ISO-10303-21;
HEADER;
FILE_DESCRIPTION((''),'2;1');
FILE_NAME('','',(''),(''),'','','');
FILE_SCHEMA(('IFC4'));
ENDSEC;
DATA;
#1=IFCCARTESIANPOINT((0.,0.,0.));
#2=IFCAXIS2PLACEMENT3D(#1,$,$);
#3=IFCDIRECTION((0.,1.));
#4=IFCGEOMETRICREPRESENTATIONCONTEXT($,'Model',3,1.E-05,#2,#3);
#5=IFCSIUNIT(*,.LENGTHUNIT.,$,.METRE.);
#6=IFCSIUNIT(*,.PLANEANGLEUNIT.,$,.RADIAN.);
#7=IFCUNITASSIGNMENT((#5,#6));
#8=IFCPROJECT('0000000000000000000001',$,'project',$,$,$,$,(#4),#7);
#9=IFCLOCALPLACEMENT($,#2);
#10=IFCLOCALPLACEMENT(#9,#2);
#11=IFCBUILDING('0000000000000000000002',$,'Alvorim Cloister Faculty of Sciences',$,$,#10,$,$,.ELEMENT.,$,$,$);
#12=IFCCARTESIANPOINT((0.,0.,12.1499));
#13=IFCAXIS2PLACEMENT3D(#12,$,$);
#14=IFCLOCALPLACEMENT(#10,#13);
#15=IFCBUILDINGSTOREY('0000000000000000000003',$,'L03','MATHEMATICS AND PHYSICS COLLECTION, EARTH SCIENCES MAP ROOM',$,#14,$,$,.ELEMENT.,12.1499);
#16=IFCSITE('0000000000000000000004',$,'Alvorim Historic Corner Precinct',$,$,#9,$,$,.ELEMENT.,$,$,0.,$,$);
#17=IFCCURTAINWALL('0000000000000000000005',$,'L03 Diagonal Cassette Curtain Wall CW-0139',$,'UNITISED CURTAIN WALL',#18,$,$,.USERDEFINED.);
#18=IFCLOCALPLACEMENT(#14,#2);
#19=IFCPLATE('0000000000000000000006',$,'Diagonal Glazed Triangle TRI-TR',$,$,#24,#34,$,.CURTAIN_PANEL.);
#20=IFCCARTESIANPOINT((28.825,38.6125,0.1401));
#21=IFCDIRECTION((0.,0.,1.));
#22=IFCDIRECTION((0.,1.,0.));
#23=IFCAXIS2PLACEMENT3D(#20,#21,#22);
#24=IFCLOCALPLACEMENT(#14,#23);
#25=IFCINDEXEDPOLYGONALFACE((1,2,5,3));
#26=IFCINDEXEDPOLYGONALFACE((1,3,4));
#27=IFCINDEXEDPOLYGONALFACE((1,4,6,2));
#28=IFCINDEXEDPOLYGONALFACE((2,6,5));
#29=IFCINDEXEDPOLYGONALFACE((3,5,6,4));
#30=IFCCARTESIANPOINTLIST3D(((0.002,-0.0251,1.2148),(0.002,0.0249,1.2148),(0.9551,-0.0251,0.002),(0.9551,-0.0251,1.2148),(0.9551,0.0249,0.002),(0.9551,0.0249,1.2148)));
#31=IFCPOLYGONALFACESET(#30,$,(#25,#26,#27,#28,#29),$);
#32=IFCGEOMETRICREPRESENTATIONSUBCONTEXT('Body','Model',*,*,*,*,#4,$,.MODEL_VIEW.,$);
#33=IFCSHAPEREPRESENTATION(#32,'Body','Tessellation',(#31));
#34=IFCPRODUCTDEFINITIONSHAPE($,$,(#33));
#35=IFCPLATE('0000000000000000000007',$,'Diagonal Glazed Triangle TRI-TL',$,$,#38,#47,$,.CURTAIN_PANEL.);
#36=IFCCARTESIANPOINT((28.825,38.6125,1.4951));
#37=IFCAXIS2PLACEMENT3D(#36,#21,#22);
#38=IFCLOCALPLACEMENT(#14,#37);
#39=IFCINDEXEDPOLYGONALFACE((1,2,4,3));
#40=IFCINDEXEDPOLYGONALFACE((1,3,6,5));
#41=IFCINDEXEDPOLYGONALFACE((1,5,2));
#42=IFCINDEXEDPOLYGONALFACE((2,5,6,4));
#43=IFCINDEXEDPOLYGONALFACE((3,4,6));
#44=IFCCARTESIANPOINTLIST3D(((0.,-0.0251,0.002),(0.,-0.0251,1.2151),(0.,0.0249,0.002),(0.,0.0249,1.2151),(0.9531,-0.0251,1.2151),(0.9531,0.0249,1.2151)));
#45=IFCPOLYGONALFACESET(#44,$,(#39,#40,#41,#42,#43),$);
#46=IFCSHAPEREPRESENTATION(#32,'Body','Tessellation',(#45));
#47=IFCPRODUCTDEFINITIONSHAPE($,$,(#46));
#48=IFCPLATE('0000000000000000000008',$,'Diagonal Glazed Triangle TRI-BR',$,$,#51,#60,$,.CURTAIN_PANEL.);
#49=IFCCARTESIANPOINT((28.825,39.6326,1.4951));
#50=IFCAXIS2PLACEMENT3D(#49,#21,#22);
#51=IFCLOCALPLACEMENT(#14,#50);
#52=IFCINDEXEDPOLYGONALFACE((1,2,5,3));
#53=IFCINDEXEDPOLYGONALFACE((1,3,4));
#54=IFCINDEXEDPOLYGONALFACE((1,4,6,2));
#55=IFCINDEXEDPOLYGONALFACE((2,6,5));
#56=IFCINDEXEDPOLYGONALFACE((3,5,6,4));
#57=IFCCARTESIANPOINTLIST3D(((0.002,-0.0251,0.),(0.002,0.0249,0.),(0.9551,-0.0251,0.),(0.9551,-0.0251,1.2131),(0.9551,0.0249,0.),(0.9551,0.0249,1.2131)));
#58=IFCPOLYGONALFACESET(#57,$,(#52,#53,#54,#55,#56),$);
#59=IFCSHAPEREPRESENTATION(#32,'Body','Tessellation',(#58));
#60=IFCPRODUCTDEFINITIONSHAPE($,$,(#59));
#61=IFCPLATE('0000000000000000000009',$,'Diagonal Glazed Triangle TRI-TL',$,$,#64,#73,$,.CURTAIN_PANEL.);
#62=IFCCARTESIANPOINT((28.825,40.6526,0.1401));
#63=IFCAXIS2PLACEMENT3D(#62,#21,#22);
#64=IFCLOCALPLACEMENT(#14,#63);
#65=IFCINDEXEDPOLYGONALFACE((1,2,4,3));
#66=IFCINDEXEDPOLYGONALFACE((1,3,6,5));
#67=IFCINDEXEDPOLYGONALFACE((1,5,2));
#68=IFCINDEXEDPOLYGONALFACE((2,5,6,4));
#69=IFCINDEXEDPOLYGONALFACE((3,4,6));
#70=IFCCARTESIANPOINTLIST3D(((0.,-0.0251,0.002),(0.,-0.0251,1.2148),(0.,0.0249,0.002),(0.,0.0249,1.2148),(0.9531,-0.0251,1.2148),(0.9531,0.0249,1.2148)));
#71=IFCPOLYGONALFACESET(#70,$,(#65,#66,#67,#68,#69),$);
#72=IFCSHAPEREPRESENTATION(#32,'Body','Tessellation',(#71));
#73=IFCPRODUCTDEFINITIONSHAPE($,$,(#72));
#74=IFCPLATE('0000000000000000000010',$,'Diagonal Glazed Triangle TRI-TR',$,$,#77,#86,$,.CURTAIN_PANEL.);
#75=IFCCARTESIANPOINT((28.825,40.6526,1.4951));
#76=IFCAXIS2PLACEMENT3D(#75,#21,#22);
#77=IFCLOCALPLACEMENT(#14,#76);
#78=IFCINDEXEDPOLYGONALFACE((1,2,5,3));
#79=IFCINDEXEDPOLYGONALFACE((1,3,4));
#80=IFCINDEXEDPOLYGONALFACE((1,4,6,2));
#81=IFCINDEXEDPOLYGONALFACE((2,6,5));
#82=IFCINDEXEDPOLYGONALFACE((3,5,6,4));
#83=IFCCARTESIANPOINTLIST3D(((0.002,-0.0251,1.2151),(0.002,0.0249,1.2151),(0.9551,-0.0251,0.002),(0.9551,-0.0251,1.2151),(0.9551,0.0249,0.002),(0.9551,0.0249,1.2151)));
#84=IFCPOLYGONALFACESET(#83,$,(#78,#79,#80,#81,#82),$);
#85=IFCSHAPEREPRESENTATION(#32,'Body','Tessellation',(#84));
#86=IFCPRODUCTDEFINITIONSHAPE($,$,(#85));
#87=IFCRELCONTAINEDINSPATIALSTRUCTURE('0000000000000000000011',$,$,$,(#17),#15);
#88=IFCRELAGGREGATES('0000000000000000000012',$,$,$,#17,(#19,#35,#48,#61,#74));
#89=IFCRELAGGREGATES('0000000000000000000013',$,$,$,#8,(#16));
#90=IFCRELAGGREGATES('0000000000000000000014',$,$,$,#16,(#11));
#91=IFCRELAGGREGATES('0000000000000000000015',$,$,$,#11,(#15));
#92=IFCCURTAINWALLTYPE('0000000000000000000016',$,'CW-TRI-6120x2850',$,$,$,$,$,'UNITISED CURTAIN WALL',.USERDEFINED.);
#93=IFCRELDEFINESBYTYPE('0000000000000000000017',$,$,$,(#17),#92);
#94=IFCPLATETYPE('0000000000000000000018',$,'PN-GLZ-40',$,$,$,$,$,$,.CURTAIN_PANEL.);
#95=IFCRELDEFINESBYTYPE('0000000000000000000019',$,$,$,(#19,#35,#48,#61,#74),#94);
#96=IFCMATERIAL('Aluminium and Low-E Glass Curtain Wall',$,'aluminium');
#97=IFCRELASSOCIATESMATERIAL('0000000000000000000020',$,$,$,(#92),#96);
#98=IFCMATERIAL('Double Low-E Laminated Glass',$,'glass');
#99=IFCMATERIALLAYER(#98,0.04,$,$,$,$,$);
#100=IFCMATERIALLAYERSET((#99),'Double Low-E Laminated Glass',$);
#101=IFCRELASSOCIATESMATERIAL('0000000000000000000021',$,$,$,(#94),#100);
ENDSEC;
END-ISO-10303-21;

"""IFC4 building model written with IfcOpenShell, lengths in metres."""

from ifc_helpers import new_model, si_unit, direction, frame, origin, place, context, subcontext, project, spatial, polyline, outline, extrude, material, layer, layer_set, type_object, element, aggregate, save


model = new_model("IFC4")

# Units and contexts
model_context = context("Model", 3, precision=1e-05, world=origin(), true_north=direction((0.0, 1.0)))
body_context = subcontext(model_context, "Body", "Model", "MODEL_VIEW")
ifc_project = project(units=[si_unit("LENGTHUNIT", "METRE"), si_unit("PLANEANGLEUNIT", "RADIAN")], contexts=[model_context])

# Site, building, storey
site_placement = place(None, origin())
site = spatial("IfcSite", under=ifc_project, at=site_placement, Name="Alvorim Historic Corner Precinct", CompositionType="ELEMENT", RefElevation=0.0)
building_placement = place(site_placement, origin())
building = spatial("IfcBuilding", under=site, at=building_placement, Name="Alvorim Cloister Faculty of Sciences", CompositionType="ELEMENT")
storey_placement = place(building_placement, frame((0.0, 0.0, 12.1499)))
storey = spatial("IfcBuildingStorey", under=building, at=storey_placement, Name="L03", Description="MATHEMATICS AND PHYSICS COLLECTION, EARTH SCIENCES MAP ROOM", CompositionType="ELEMENT", Elevation=12.1499)

# Curtain wall, plates
ifc_material_1 = material(Name="Aluminium and Low-E Glass Curtain Wall", Category="aluminium")
curtain_wall_type = type_object("IfcCurtainWallType", Name="CW-TRI-6120x2850", ElementType="UNITISED CURTAIN WALL", PredefinedType="USERDEFINED", material=ifc_material_1)
curtain_wall_placement = place(storey_placement, origin())
curtain_wall = element("IfcCurtainWall", 1, at=curtain_wall_placement, inside=storey, type_object=curtain_wall_type, Name="L03 Diagonal Cassette Curtain Wall CW-0139", ObjectType="UNITISED CURTAIN WALL", PredefinedType="USERDEFINED")
ifc_material_2 = material(Name="Double Low-E Laminated Glass", Category="glass")
ifc_layer = layer(ifc_material_2, 0.04)
ifc_layer_set = layer_set([ifc_layer], Name="Double Low-E Laminated Glass")
plate_type = type_object("IfcPlateType", Name="PN-GLZ-40", PredefinedType="CURTAIN_PANEL", material=ifc_layer_set)
plate_1_placement = place(storey_placement, frame((28.825, 38.6125, 0.1401), z_axis=(0.0, 0.0, 1.0), x_axis=(0.0, 1.0, 0.0)))
plate_1 = element("IfcPlate", 2, at=plate_1_placement, type_object=plate_type, Name="Diagonal Glazed Triangle TRI-TR", PredefinedType="CURTAIN_PANEL", context=body_context, shape_type="SweptSolid", body=[
    extrude(outline(polyline([(0.9551, 0.002), (0.9551, 1.2148), (0.002, 1.2148), (0.9551, 0.002)])), frame((0.0, 0.0249, 0.0), z_axis=(0.0, -1.0, 0.0), x_axis=(1.0, 0.0, 0.0)), (0.0, 0.0, 1.0), 0.05),
])
plate_2_placement = place(storey_placement, frame((28.825, 38.6125, 1.4951), z_axis=(0.0, 0.0, 1.0), x_axis=(0.0, 1.0, 0.0)))
plate_2 = element("IfcPlate", 3, at=plate_2_placement, type_object=plate_type, Name="Diagonal Glazed Triangle TRI-TL", PredefinedType="CURTAIN_PANEL", context=body_context, shape_type="SweptSolid", body=[
    extrude(outline(polyline([(0.9531, 1.2151), (0.0, 1.2151), (0.0, 0.002), (0.9531, 1.2151)])), frame((0.0, 0.0249, 0.0), z_axis=(0.0, -1.0, 0.0), x_axis=(1.0, 0.0, 0.0)), (0.0, 0.0, 1.0), 0.05),
])
plate_3_placement = place(storey_placement, frame((28.825, 39.6326, 1.4951), z_axis=(0.0, 0.0, 1.0), x_axis=(0.0, 1.0, 0.0)))
plate_3 = element("IfcPlate", 4, at=plate_3_placement, type_object=plate_type, Name="Diagonal Glazed Triangle TRI-BR", PredefinedType="CURTAIN_PANEL", context=body_context, shape_type="SweptSolid", body=[
    extrude(outline(polyline([(0.002, 0.0), (0.9551, 0.0), (0.9551, 1.2131), (0.002, 0.0)])), frame((0.0, 0.0249, 0.0), z_axis=(0.0, -1.0, 0.0), x_axis=(1.0, 0.0, 0.0)), (0.0, 0.0, 1.0), 0.05),
])
plate_4_placement = place(storey_placement, frame((28.825, 40.6526, 0.1401), z_axis=(0.0, 0.0, 1.0), x_axis=(0.0, 1.0, 0.0)))
plate_4 = element("IfcPlate", 5, at=plate_4_placement, type_object=plate_type, Name="Diagonal Glazed Triangle TRI-TL", PredefinedType="CURTAIN_PANEL", context=body_context, shape_type="SweptSolid", body=[
    extrude(outline(polyline([(0.9531, 1.2148), (0.0, 1.2148), (0.0, 0.002), (0.9531, 1.2148)])), frame((0.0, 0.0249, 0.0), z_axis=(0.0, -1.0, 0.0), x_axis=(1.0, 0.0, 0.0)), (0.0, 0.0, 1.0), 0.05),
])
plate_5_placement = place(storey_placement, frame((28.825, 40.6526, 1.4951), z_axis=(0.0, 0.0, 1.0), x_axis=(0.0, 1.0, 0.0)))
plate_5 = element("IfcPlate", 6, at=plate_5_placement, type_object=plate_type, Name="Diagonal Glazed Triangle TRI-TR", PredefinedType="CURTAIN_PANEL", context=body_context, shape_type="SweptSolid", body=[
    extrude(outline(polyline([(0.9551, 0.002), (0.9551, 1.2151), (0.002, 1.2151), (0.9551, 0.002)])), frame((0.0, 0.0249, 0.0), z_axis=(0.0, -1.0, 0.0), x_axis=(1.0, 0.0, 0.0)), (0.0, 0.0, 1.0), 0.05),
])
aggregate(curtain_wall, [plate_1, plate_2, plate_3, plate_4, plate_5])

save(model, "model.ifc")
